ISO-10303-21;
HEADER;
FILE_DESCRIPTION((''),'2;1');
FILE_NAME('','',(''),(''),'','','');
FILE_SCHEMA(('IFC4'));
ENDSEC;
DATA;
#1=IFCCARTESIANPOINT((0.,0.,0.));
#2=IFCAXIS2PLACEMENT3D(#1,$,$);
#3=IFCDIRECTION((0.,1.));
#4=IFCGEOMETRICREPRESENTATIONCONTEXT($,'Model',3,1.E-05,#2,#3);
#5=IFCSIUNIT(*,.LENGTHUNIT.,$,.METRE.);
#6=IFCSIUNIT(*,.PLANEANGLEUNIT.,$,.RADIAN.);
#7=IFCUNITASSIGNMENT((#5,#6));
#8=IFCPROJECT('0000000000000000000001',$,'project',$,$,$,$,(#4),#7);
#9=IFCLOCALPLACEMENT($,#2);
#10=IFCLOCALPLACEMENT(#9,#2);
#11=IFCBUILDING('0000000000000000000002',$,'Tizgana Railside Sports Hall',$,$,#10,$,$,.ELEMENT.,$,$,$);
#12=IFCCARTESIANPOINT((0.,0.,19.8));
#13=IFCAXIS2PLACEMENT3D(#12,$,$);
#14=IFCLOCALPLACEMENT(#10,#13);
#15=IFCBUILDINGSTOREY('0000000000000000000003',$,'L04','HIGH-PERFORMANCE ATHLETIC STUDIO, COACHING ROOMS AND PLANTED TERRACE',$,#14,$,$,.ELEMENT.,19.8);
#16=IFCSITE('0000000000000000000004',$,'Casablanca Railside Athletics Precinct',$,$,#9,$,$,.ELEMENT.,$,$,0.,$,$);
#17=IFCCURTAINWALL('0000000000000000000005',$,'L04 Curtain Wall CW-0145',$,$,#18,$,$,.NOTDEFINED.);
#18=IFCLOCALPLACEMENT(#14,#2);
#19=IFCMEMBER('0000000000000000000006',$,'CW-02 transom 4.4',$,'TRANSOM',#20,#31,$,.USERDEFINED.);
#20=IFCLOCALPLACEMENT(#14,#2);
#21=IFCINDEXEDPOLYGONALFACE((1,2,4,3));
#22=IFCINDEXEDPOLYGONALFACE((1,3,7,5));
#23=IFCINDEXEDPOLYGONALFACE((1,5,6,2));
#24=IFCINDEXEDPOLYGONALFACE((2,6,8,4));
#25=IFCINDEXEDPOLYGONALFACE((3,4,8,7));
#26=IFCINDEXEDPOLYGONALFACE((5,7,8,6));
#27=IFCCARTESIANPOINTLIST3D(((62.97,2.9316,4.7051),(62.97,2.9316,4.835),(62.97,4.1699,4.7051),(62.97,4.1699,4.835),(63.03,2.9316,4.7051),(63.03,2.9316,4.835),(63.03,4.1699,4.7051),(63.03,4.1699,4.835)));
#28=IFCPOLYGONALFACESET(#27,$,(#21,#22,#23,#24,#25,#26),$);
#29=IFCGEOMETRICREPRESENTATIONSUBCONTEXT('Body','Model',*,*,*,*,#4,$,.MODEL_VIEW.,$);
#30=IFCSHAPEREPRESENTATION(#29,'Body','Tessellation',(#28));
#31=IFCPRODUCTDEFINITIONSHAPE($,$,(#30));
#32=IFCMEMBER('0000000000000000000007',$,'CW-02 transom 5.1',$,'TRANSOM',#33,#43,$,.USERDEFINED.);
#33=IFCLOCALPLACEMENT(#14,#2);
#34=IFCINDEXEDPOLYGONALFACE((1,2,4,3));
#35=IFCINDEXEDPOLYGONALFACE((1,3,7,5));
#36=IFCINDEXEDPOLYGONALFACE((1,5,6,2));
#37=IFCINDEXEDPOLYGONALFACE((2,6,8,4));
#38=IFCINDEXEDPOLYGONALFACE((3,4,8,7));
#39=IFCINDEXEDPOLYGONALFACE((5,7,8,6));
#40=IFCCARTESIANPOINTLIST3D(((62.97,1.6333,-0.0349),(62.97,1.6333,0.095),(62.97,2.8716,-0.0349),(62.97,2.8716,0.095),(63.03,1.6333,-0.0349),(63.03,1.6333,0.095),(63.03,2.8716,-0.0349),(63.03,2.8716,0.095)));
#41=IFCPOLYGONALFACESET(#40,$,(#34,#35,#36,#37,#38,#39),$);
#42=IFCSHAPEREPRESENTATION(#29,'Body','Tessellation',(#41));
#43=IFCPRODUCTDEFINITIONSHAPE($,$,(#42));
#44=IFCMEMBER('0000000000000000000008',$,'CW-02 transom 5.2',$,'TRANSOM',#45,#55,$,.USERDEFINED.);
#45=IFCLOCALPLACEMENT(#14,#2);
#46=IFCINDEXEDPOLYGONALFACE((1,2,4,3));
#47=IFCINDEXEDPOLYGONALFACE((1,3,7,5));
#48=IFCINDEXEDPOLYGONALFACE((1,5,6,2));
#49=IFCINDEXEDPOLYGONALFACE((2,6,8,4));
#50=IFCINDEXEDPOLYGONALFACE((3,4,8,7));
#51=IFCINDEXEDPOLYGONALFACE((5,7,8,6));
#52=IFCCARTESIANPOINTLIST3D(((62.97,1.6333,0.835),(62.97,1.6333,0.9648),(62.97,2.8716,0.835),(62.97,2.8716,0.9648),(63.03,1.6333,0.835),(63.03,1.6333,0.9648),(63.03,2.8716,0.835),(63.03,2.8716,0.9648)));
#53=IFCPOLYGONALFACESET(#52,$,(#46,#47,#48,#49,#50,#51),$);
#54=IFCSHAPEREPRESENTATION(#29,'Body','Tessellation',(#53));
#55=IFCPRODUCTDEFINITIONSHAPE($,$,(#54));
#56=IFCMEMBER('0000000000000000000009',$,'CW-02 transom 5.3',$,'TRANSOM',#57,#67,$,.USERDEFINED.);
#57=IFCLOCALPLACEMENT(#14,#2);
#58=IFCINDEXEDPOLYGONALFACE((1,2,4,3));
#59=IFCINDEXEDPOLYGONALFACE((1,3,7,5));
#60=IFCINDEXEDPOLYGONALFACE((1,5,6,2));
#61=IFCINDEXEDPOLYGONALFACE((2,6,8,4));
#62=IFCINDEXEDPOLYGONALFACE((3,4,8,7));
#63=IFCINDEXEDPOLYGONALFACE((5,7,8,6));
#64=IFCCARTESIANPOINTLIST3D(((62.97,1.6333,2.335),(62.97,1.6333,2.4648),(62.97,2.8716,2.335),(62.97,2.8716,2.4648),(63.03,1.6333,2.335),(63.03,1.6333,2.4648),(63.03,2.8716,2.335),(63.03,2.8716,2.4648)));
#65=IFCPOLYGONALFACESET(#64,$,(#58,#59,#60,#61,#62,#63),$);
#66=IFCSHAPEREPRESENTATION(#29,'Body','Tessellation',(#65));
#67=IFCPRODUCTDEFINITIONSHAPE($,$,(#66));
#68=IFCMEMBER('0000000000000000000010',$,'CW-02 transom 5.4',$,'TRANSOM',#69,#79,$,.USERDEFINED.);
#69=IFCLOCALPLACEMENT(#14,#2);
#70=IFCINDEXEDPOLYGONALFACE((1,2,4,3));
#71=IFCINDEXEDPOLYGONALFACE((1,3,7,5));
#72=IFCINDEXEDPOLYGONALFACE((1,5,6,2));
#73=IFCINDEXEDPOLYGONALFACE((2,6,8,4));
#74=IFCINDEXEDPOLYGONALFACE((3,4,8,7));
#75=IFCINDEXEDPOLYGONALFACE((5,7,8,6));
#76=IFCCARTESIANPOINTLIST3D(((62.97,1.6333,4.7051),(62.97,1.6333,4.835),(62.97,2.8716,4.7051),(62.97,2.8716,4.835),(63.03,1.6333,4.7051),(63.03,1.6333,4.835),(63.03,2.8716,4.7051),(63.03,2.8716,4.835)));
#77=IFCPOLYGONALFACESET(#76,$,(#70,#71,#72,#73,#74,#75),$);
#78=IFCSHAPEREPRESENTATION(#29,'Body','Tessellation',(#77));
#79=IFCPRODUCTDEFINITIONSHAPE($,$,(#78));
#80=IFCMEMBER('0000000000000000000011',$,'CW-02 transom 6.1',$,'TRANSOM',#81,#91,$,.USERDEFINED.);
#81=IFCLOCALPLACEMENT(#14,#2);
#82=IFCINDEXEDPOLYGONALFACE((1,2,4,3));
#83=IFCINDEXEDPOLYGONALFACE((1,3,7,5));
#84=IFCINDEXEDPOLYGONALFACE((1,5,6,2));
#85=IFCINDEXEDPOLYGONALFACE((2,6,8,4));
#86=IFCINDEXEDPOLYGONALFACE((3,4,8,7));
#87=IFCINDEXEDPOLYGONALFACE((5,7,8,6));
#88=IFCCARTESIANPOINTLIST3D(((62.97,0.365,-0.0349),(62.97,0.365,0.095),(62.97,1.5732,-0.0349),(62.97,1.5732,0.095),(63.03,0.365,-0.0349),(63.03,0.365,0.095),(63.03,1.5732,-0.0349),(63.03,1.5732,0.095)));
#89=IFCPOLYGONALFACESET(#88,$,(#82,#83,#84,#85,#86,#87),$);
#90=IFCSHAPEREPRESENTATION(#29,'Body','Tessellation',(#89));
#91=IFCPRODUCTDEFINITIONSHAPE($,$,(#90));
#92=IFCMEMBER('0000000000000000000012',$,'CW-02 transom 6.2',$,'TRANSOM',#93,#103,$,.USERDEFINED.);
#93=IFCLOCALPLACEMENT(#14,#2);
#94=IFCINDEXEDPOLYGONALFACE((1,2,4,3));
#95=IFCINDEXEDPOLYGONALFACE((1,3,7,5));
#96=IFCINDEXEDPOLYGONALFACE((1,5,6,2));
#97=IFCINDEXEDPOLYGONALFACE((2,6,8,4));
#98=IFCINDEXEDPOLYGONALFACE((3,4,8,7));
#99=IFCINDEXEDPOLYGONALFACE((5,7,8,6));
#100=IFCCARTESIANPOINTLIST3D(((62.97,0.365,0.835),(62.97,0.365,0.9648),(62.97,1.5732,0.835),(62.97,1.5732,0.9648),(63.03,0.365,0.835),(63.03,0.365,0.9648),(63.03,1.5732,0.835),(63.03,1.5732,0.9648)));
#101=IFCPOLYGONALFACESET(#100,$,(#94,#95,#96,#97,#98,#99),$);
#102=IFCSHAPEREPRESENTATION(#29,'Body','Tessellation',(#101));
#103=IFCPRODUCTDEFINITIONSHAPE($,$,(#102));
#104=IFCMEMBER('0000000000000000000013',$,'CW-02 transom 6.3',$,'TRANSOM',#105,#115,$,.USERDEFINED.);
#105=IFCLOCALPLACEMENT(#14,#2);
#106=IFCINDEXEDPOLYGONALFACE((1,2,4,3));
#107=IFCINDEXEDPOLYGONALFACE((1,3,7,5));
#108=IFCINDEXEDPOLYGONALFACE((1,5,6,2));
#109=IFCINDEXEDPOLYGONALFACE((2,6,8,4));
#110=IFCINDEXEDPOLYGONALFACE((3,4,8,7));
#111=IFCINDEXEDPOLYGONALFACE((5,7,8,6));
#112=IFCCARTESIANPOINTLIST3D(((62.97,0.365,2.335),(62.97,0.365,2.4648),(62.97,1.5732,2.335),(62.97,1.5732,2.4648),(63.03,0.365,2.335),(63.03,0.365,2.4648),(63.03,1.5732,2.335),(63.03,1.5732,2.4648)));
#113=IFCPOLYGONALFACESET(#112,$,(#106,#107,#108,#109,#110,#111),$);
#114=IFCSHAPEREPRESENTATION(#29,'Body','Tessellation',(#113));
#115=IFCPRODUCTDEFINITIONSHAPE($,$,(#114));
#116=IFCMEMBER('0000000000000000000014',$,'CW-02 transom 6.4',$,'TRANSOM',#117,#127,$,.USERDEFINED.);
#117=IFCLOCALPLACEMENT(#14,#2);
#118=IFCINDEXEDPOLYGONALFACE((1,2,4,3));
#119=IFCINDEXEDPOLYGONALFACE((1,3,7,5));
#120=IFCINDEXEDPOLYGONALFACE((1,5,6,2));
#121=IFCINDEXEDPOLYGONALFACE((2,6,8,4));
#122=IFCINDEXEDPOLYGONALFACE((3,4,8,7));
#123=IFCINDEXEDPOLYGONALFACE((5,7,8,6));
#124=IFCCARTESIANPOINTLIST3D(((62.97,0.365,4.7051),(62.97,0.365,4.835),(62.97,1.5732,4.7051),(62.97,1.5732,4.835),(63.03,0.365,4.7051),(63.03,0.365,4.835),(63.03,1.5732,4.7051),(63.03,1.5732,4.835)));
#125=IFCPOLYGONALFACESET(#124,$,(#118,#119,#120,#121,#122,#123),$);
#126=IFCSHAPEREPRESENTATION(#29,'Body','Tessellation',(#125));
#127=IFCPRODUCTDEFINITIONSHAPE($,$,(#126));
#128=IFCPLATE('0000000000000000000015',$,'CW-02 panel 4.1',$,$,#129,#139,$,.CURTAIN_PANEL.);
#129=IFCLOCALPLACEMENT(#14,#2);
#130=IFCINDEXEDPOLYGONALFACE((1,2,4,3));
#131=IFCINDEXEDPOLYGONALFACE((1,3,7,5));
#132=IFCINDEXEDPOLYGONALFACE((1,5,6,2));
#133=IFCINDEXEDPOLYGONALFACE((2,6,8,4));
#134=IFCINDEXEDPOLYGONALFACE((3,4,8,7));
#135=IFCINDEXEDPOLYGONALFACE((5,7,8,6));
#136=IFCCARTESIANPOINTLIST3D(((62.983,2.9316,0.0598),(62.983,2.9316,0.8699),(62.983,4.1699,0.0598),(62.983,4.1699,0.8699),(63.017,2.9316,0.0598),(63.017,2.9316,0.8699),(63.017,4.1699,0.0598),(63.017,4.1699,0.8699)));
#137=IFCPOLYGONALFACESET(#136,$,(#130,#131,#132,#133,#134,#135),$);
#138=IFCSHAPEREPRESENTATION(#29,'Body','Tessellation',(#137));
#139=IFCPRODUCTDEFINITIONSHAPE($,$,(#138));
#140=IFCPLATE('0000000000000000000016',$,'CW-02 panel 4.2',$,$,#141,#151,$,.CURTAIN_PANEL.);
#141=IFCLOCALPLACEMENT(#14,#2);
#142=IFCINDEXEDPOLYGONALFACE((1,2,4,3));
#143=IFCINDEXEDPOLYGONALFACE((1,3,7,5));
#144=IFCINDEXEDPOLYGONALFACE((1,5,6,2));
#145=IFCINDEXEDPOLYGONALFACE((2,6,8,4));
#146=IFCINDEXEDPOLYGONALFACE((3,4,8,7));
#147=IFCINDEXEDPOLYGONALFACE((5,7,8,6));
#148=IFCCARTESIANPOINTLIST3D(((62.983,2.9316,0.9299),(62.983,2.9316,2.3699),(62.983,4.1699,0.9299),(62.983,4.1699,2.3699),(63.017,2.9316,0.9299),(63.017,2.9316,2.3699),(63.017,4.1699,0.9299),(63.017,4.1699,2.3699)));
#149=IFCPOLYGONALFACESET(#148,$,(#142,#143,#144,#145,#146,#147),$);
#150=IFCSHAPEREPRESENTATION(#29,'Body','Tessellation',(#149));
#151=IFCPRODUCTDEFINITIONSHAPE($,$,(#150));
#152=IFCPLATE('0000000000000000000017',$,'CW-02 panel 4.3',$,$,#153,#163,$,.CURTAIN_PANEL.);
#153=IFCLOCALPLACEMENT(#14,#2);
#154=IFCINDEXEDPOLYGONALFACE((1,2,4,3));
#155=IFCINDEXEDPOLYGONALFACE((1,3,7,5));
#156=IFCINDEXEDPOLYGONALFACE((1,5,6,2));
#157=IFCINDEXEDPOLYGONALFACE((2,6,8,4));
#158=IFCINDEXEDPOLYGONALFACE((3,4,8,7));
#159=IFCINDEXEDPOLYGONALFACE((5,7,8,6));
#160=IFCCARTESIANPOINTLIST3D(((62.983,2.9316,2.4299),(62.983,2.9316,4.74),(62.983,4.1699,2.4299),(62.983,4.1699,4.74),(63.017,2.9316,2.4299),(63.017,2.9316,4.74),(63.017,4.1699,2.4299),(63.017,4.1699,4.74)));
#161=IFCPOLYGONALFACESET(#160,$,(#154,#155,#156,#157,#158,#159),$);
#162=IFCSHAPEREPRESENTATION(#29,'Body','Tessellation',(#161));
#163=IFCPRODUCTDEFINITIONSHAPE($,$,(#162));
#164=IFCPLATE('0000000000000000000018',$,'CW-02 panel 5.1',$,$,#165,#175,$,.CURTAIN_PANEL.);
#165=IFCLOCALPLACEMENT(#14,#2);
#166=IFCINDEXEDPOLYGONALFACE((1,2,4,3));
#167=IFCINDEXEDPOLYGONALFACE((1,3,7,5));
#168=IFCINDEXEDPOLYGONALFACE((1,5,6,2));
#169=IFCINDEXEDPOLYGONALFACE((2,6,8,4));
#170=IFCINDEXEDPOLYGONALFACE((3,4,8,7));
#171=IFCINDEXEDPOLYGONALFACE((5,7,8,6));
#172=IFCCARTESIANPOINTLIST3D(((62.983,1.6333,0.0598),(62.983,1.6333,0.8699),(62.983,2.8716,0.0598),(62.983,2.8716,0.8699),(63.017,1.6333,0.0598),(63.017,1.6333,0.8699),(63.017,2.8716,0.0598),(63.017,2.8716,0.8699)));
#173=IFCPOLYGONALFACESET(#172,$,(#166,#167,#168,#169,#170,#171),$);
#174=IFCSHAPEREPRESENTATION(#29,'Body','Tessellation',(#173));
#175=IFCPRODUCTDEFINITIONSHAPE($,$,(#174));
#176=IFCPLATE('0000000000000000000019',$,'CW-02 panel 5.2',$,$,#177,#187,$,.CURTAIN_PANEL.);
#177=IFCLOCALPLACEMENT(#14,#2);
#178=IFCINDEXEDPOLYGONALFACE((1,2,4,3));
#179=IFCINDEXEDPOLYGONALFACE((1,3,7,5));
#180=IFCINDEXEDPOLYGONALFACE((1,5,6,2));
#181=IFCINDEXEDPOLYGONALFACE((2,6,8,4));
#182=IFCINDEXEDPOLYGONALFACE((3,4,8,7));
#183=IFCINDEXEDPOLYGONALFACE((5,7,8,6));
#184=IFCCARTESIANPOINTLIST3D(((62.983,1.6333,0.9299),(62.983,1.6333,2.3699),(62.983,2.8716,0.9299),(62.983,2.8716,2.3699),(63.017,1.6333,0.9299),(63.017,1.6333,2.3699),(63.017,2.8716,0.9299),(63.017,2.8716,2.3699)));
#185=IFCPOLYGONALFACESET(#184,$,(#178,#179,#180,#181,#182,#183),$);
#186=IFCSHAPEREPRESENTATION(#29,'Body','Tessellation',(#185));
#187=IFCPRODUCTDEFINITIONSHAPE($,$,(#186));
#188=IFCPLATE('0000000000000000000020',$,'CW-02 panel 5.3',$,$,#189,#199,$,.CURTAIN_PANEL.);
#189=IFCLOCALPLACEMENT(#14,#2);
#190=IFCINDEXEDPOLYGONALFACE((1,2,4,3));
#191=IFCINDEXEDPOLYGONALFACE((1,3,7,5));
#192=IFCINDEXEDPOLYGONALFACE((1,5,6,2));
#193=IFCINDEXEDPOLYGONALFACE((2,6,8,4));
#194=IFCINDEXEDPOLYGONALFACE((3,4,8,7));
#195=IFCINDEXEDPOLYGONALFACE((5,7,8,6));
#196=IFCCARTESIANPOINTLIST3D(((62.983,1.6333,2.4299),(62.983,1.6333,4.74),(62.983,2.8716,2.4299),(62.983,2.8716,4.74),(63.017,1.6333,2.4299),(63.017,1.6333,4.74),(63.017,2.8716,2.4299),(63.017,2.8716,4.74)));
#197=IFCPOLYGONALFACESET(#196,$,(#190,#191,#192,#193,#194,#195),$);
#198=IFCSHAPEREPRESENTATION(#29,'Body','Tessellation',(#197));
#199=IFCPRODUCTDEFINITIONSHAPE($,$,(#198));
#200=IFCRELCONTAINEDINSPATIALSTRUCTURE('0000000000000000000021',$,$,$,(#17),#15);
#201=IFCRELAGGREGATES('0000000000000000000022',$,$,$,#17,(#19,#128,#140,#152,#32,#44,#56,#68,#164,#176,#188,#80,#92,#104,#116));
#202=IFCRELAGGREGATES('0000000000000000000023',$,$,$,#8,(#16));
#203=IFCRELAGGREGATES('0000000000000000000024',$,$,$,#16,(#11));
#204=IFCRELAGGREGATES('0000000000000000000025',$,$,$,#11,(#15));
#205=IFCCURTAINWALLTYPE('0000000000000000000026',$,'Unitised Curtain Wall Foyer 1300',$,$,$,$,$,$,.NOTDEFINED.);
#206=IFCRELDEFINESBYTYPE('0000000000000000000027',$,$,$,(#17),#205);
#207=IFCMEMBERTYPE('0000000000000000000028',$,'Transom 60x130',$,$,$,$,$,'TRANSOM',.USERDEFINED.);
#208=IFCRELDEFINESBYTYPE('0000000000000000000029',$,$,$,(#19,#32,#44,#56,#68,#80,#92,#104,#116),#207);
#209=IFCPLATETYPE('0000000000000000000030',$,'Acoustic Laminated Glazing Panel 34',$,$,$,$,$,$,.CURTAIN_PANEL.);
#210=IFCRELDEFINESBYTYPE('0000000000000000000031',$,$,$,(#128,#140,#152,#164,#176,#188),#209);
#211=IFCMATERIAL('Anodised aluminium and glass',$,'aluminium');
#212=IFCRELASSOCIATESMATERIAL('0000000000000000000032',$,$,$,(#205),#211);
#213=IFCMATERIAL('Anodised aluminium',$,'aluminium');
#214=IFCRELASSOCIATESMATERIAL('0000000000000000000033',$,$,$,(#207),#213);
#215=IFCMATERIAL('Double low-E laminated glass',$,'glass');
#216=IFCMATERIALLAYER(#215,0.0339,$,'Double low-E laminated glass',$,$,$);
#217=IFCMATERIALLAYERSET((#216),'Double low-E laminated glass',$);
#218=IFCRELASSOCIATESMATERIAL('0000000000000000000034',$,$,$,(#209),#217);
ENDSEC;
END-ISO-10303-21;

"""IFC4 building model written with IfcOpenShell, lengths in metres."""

from ifc_helpers import new_model, si_unit, direction, frame, origin, origin_2d, place, context, subcontext, project, spatial, rectangle, extrude, material, layer, layer_set, material_profile, profile_set, type_object, element, aggregate, save


model = new_model("IFC4")

# Units and contexts
model_context = context("Model", 3, precision=1e-05, world=origin(), true_north=direction((0.0, 1.0)))
body_context = subcontext(model_context, "Body", "Model", "MODEL_VIEW")
ifc_project = project(units=[si_unit("LENGTHUNIT", "METRE"), si_unit("PLANEANGLEUNIT", "RADIAN")], contexts=[model_context])

# Site, building, storey
site_placement = place(None, origin())
site = spatial("IfcSite", under=ifc_project, at=site_placement, Name="Casablanca Railside Athletics Precinct", CompositionType="ELEMENT", RefElevation=0.0)
building_placement = place(site_placement, origin())
building = spatial("IfcBuilding", under=site, at=building_placement, Name="Tizgana Railside Sports Hall", CompositionType="ELEMENT")
storey_placement = place(building_placement, frame((0.0, 0.0, 19.8)))
storey = spatial("IfcBuildingStorey", under=building, at=storey_placement, Name="L04", Description="HIGH-PERFORMANCE ATHLETIC STUDIO, COACHING ROOMS AND PLANTED TERRACE", CompositionType="ELEMENT", Elevation=19.8)

# Curtain wall, members, plates
ifc_material_1 = material(Name="Anodised aluminium and glass", Category="aluminium")
curtain_wall_type = type_object("IfcCurtainWallType", Name="Unitised Curtain Wall Foyer 1300", PredefinedType="NOTDEFINED", material=ifc_material_1)
curtain_wall_placement = place(storey_placement, origin())
curtain_wall = element("IfcCurtainWall", 1, at=curtain_wall_placement, inside=storey, type_object=curtain_wall_type, Name="L04 Curtain Wall CW-0145", PredefinedType="NOTDEFINED")
ifc_material_2 = material(Name="Anodised aluminium", Category="aluminium")
ifc_material_profile = material_profile(ifc_material_2, rectangle(XDim=0.0601, YDim=0.1299, at=origin_2d()), Name="Transom 60x130")
ifc_profile_set = profile_set([ifc_material_profile], Name="Anodised aluminium")
member_type = type_object("IfcMemberType", Name="Transom 60x130", ElementType="TRANSOM", PredefinedType="USERDEFINED", material=ifc_profile_set)
member_1_placement = place(storey_placement, frame((63.0, 4.1699, 4.77), z_axis=(0.0, -1.0, 0.0), x_axis=(1.0, 0.0, 0.0)))
member_1 = element("IfcMember", 2, at=member_1_placement, type_object=member_type, Name="CW-02 transom 4.4", ObjectType="TRANSOM", PredefinedType="USERDEFINED", context=body_context, shape_type="SweptSolid", body=[
    extrude(rectangle(XDim=0.0601, YDim=0.1299, at=origin_2d()), origin(), (0.0, 0.0, 1.0), 1.2383),
])
member_2_placement = place(storey_placement, frame((63.0, 2.8716, 0.03), z_axis=(0.0, -1.0, 0.0), x_axis=(1.0, 0.0, 0.0)))
member_2 = element("IfcMember", 3, at=member_2_placement, type_object=member_type, Name="CW-02 transom 5.1", ObjectType="TRANSOM", PredefinedType="USERDEFINED", context=body_context, shape_type="SweptSolid", body=[
    extrude(rectangle(XDim=0.0601, YDim=0.1299, at=origin_2d()), origin(), (0.0, 0.0, 1.0), 1.2383),
])
member_3_placement = place(storey_placement, frame((63.0, 2.8716, 0.8999), z_axis=(0.0, -1.0, 0.0), x_axis=(1.0, 0.0, 0.0)))
member_3 = element("IfcMember", 4, at=member_3_placement, type_object=member_type, Name="CW-02 transom 5.2", ObjectType="TRANSOM", PredefinedType="USERDEFINED", context=body_context, shape_type="SweptSolid", body=[
    extrude(rectangle(XDim=0.0601, YDim=0.1299, at=origin_2d()), origin(), (0.0, 0.0, 1.0), 1.2383),
])
member_4_placement = place(storey_placement, frame((63.0, 2.8716, 2.3999), z_axis=(0.0, -1.0, 0.0), x_axis=(1.0, 0.0, 0.0)))
member_4 = element("IfcMember", 5, at=member_4_placement, type_object=member_type, Name="CW-02 transom 5.3", ObjectType="TRANSOM", PredefinedType="USERDEFINED", context=body_context, shape_type="SweptSolid", body=[
    extrude(rectangle(XDim=0.0601, YDim=0.1299, at=origin_2d()), origin(), (0.0, 0.0, 1.0), 1.2383),
])
member_5_placement = place(storey_placement, frame((63.0, 2.8716, 4.77), z_axis=(0.0, -1.0, 0.0), x_axis=(1.0, 0.0, 0.0)))
member_5 = element("IfcMember", 6, at=member_5_placement, type_object=member_type, Name="CW-02 transom 5.4", ObjectType="TRANSOM", PredefinedType="USERDEFINED", context=body_context, shape_type="SweptSolid", body=[
    extrude(rectangle(XDim=0.0601, YDim=0.1299, at=origin_2d()), origin(), (0.0, 0.0, 1.0), 1.2383),
])
member_6_placement = place(storey_placement, frame((63.0, 1.5732, 0.03), z_axis=(0.0, -1.0, 0.0), x_axis=(1.0, 0.0, 0.0)))
member_6 = element("IfcMember", 7, at=member_6_placement, type_object=member_type, Name="CW-02 transom 6.1", ObjectType="TRANSOM", PredefinedType="USERDEFINED", context=body_context, shape_type="SweptSolid", body=[
    extrude(rectangle(XDim=0.0601, YDim=0.1299, at=origin_2d()), origin(), (0.0, 0.0, 1.0), 1.2083),
])
member_7_placement = place(storey_placement, frame((63.0, 1.5732, 0.8999), z_axis=(0.0, -1.0, 0.0), x_axis=(1.0, 0.0, 0.0)))
member_7 = element("IfcMember", 8, at=member_7_placement, type_object=member_type, Name="CW-02 transom 6.2", ObjectType="TRANSOM", PredefinedType="USERDEFINED", context=body_context, shape_type="SweptSolid", body=[
    extrude(rectangle(XDim=0.0601, YDim=0.1299, at=origin_2d()), origin(), (0.0, 0.0, 1.0), 1.2083),
])
member_8_placement = place(storey_placement, frame((63.0, 1.5732, 2.3999), z_axis=(0.0, -1.0, 0.0), x_axis=(1.0, 0.0, 0.0)))
member_8 = element("IfcMember", 9, at=member_8_placement, type_object=member_type, Name="CW-02 transom 6.3", ObjectType="TRANSOM", PredefinedType="USERDEFINED", context=body_context, shape_type="SweptSolid", body=[
    extrude(rectangle(XDim=0.0601, YDim=0.1299, at=origin_2d()), origin(), (0.0, 0.0, 1.0), 1.2083),
])
member_9_placement = place(storey_placement, frame((63.0, 1.5732, 4.77), z_axis=(0.0, -1.0, 0.0), x_axis=(1.0, 0.0, 0.0)))
member_9 = element("IfcMember", 10, at=member_9_placement, type_object=member_type, Name="CW-02 transom 6.4", ObjectType="TRANSOM", PredefinedType="USERDEFINED", context=body_context, shape_type="SweptSolid", body=[
    extrude(rectangle(XDim=0.0601, YDim=0.1299, at=origin_2d()), origin(), (0.0, 0.0, 1.0), 1.2083),
])
ifc_material_3 = material(Name="Double low-E laminated glass", Category="glass")
ifc_layer_1 = layer(ifc_material_3, 0.0339, Name="Double low-E laminated glass")
ifc_layer_set_1 = layer_set([ifc_layer_1], Name="Double low-E laminated glass")
plate_type = type_object("IfcPlateType", Name="Acoustic Laminated Glazing Panel 34", PredefinedType="CURTAIN_PANEL", material=ifc_layer_set_1)
plate_1_placement = place(storey_placement, frame((63.0, 3.5508, 0.0598), z_axis=(0.0, 0.0, 1.0), x_axis=(0.0, -1.0, 0.0)))
plate_1 = element("IfcPlate", 11, at=plate_1_placement, type_object=plate_type, Name="CW-02 panel 4.1", PredefinedType="CURTAIN_PANEL", context=body_context, shape_type="SweptSolid", body=[
    extrude(rectangle(XDim=1.2383, YDim=0.0339, at=origin_2d()), origin(), (0.0, 0.0, 1.0), 0.8101),
])
plate_2_placement = place(storey_placement, frame((63.0, 3.5508, 0.9299), z_axis=(0.0, 0.0, 1.0), x_axis=(0.0, -1.0, 0.0)))
plate_2 = element("IfcPlate", 12, at=plate_2_placement, type_object=plate_type, Name="CW-02 panel 4.2", PredefinedType="CURTAIN_PANEL", context=body_context, shape_type="SweptSolid", body=[
    extrude(rectangle(XDim=1.2383, YDim=0.0339, at=origin_2d()), origin(), (0.0, 0.0, 1.0), 1.4399),
])
plate_3_placement = place(storey_placement, frame((63.0, 3.5508, 2.4299), z_axis=(0.0, 0.0, 1.0), x_axis=(0.0, -1.0, 0.0)))
plate_3 = element("IfcPlate", 13, at=plate_3_placement, type_object=plate_type, Name="CW-02 panel 4.3", PredefinedType="CURTAIN_PANEL", context=body_context, shape_type="SweptSolid", body=[
    extrude(rectangle(XDim=1.2383, YDim=0.0339, at=origin_2d()), origin(), (0.0, 0.0, 1.0), 2.3101),
])
plate_4_placement = place(storey_placement, frame((63.0, 2.2524, 0.0598), z_axis=(0.0, 0.0, 1.0), x_axis=(0.0, -1.0, 0.0)))
plate_4 = element("IfcPlate", 14, at=plate_4_placement, type_object=plate_type, Name="CW-02 panel 5.1", PredefinedType="CURTAIN_PANEL", context=body_context, shape_type="SweptSolid", body=[
    extrude(rectangle(XDim=1.2383, YDim=0.0339, at=origin_2d()), origin(), (0.0, 0.0, 1.0), 0.8101),
])
plate_5_placement = place(storey_placement, frame((63.0, 2.2524, 0.9299), z_axis=(0.0, 0.0, 1.0), x_axis=(0.0, -1.0, 0.0)))
plate_5 = element("IfcPlate", 15, at=plate_5_placement, type_object=plate_type, Name="CW-02 panel 5.2", PredefinedType="CURTAIN_PANEL", context=body_context, shape_type="SweptSolid", body=[
    extrude(rectangle(XDim=1.2383, YDim=0.0339, at=origin_2d()), origin(), (0.0, 0.0, 1.0), 1.4399),
])
plate_6_placement = place(storey_placement, frame((63.0, 2.2524, 2.4299), z_axis=(0.0, 0.0, 1.0), x_axis=(0.0, -1.0, 0.0)))
plate_6 = element("IfcPlate", 16, at=plate_6_placement, type_object=plate_type, Name="CW-02 panel 5.3", PredefinedType="CURTAIN_PANEL", context=body_context, shape_type="SweptSolid", body=[
    extrude(rectangle(XDim=1.2383, YDim=0.0339, at=origin_2d()), origin(), (0.0, 0.0, 1.0), 2.3101),
])
aggregate(curtain_wall, [member_1, plate_1, plate_2, plate_3, member_2, member_3, member_4, member_5, plate_4, plate_5, plate_6, member_6, member_7, member_8, member_9])

save(model, "model.ifc")
